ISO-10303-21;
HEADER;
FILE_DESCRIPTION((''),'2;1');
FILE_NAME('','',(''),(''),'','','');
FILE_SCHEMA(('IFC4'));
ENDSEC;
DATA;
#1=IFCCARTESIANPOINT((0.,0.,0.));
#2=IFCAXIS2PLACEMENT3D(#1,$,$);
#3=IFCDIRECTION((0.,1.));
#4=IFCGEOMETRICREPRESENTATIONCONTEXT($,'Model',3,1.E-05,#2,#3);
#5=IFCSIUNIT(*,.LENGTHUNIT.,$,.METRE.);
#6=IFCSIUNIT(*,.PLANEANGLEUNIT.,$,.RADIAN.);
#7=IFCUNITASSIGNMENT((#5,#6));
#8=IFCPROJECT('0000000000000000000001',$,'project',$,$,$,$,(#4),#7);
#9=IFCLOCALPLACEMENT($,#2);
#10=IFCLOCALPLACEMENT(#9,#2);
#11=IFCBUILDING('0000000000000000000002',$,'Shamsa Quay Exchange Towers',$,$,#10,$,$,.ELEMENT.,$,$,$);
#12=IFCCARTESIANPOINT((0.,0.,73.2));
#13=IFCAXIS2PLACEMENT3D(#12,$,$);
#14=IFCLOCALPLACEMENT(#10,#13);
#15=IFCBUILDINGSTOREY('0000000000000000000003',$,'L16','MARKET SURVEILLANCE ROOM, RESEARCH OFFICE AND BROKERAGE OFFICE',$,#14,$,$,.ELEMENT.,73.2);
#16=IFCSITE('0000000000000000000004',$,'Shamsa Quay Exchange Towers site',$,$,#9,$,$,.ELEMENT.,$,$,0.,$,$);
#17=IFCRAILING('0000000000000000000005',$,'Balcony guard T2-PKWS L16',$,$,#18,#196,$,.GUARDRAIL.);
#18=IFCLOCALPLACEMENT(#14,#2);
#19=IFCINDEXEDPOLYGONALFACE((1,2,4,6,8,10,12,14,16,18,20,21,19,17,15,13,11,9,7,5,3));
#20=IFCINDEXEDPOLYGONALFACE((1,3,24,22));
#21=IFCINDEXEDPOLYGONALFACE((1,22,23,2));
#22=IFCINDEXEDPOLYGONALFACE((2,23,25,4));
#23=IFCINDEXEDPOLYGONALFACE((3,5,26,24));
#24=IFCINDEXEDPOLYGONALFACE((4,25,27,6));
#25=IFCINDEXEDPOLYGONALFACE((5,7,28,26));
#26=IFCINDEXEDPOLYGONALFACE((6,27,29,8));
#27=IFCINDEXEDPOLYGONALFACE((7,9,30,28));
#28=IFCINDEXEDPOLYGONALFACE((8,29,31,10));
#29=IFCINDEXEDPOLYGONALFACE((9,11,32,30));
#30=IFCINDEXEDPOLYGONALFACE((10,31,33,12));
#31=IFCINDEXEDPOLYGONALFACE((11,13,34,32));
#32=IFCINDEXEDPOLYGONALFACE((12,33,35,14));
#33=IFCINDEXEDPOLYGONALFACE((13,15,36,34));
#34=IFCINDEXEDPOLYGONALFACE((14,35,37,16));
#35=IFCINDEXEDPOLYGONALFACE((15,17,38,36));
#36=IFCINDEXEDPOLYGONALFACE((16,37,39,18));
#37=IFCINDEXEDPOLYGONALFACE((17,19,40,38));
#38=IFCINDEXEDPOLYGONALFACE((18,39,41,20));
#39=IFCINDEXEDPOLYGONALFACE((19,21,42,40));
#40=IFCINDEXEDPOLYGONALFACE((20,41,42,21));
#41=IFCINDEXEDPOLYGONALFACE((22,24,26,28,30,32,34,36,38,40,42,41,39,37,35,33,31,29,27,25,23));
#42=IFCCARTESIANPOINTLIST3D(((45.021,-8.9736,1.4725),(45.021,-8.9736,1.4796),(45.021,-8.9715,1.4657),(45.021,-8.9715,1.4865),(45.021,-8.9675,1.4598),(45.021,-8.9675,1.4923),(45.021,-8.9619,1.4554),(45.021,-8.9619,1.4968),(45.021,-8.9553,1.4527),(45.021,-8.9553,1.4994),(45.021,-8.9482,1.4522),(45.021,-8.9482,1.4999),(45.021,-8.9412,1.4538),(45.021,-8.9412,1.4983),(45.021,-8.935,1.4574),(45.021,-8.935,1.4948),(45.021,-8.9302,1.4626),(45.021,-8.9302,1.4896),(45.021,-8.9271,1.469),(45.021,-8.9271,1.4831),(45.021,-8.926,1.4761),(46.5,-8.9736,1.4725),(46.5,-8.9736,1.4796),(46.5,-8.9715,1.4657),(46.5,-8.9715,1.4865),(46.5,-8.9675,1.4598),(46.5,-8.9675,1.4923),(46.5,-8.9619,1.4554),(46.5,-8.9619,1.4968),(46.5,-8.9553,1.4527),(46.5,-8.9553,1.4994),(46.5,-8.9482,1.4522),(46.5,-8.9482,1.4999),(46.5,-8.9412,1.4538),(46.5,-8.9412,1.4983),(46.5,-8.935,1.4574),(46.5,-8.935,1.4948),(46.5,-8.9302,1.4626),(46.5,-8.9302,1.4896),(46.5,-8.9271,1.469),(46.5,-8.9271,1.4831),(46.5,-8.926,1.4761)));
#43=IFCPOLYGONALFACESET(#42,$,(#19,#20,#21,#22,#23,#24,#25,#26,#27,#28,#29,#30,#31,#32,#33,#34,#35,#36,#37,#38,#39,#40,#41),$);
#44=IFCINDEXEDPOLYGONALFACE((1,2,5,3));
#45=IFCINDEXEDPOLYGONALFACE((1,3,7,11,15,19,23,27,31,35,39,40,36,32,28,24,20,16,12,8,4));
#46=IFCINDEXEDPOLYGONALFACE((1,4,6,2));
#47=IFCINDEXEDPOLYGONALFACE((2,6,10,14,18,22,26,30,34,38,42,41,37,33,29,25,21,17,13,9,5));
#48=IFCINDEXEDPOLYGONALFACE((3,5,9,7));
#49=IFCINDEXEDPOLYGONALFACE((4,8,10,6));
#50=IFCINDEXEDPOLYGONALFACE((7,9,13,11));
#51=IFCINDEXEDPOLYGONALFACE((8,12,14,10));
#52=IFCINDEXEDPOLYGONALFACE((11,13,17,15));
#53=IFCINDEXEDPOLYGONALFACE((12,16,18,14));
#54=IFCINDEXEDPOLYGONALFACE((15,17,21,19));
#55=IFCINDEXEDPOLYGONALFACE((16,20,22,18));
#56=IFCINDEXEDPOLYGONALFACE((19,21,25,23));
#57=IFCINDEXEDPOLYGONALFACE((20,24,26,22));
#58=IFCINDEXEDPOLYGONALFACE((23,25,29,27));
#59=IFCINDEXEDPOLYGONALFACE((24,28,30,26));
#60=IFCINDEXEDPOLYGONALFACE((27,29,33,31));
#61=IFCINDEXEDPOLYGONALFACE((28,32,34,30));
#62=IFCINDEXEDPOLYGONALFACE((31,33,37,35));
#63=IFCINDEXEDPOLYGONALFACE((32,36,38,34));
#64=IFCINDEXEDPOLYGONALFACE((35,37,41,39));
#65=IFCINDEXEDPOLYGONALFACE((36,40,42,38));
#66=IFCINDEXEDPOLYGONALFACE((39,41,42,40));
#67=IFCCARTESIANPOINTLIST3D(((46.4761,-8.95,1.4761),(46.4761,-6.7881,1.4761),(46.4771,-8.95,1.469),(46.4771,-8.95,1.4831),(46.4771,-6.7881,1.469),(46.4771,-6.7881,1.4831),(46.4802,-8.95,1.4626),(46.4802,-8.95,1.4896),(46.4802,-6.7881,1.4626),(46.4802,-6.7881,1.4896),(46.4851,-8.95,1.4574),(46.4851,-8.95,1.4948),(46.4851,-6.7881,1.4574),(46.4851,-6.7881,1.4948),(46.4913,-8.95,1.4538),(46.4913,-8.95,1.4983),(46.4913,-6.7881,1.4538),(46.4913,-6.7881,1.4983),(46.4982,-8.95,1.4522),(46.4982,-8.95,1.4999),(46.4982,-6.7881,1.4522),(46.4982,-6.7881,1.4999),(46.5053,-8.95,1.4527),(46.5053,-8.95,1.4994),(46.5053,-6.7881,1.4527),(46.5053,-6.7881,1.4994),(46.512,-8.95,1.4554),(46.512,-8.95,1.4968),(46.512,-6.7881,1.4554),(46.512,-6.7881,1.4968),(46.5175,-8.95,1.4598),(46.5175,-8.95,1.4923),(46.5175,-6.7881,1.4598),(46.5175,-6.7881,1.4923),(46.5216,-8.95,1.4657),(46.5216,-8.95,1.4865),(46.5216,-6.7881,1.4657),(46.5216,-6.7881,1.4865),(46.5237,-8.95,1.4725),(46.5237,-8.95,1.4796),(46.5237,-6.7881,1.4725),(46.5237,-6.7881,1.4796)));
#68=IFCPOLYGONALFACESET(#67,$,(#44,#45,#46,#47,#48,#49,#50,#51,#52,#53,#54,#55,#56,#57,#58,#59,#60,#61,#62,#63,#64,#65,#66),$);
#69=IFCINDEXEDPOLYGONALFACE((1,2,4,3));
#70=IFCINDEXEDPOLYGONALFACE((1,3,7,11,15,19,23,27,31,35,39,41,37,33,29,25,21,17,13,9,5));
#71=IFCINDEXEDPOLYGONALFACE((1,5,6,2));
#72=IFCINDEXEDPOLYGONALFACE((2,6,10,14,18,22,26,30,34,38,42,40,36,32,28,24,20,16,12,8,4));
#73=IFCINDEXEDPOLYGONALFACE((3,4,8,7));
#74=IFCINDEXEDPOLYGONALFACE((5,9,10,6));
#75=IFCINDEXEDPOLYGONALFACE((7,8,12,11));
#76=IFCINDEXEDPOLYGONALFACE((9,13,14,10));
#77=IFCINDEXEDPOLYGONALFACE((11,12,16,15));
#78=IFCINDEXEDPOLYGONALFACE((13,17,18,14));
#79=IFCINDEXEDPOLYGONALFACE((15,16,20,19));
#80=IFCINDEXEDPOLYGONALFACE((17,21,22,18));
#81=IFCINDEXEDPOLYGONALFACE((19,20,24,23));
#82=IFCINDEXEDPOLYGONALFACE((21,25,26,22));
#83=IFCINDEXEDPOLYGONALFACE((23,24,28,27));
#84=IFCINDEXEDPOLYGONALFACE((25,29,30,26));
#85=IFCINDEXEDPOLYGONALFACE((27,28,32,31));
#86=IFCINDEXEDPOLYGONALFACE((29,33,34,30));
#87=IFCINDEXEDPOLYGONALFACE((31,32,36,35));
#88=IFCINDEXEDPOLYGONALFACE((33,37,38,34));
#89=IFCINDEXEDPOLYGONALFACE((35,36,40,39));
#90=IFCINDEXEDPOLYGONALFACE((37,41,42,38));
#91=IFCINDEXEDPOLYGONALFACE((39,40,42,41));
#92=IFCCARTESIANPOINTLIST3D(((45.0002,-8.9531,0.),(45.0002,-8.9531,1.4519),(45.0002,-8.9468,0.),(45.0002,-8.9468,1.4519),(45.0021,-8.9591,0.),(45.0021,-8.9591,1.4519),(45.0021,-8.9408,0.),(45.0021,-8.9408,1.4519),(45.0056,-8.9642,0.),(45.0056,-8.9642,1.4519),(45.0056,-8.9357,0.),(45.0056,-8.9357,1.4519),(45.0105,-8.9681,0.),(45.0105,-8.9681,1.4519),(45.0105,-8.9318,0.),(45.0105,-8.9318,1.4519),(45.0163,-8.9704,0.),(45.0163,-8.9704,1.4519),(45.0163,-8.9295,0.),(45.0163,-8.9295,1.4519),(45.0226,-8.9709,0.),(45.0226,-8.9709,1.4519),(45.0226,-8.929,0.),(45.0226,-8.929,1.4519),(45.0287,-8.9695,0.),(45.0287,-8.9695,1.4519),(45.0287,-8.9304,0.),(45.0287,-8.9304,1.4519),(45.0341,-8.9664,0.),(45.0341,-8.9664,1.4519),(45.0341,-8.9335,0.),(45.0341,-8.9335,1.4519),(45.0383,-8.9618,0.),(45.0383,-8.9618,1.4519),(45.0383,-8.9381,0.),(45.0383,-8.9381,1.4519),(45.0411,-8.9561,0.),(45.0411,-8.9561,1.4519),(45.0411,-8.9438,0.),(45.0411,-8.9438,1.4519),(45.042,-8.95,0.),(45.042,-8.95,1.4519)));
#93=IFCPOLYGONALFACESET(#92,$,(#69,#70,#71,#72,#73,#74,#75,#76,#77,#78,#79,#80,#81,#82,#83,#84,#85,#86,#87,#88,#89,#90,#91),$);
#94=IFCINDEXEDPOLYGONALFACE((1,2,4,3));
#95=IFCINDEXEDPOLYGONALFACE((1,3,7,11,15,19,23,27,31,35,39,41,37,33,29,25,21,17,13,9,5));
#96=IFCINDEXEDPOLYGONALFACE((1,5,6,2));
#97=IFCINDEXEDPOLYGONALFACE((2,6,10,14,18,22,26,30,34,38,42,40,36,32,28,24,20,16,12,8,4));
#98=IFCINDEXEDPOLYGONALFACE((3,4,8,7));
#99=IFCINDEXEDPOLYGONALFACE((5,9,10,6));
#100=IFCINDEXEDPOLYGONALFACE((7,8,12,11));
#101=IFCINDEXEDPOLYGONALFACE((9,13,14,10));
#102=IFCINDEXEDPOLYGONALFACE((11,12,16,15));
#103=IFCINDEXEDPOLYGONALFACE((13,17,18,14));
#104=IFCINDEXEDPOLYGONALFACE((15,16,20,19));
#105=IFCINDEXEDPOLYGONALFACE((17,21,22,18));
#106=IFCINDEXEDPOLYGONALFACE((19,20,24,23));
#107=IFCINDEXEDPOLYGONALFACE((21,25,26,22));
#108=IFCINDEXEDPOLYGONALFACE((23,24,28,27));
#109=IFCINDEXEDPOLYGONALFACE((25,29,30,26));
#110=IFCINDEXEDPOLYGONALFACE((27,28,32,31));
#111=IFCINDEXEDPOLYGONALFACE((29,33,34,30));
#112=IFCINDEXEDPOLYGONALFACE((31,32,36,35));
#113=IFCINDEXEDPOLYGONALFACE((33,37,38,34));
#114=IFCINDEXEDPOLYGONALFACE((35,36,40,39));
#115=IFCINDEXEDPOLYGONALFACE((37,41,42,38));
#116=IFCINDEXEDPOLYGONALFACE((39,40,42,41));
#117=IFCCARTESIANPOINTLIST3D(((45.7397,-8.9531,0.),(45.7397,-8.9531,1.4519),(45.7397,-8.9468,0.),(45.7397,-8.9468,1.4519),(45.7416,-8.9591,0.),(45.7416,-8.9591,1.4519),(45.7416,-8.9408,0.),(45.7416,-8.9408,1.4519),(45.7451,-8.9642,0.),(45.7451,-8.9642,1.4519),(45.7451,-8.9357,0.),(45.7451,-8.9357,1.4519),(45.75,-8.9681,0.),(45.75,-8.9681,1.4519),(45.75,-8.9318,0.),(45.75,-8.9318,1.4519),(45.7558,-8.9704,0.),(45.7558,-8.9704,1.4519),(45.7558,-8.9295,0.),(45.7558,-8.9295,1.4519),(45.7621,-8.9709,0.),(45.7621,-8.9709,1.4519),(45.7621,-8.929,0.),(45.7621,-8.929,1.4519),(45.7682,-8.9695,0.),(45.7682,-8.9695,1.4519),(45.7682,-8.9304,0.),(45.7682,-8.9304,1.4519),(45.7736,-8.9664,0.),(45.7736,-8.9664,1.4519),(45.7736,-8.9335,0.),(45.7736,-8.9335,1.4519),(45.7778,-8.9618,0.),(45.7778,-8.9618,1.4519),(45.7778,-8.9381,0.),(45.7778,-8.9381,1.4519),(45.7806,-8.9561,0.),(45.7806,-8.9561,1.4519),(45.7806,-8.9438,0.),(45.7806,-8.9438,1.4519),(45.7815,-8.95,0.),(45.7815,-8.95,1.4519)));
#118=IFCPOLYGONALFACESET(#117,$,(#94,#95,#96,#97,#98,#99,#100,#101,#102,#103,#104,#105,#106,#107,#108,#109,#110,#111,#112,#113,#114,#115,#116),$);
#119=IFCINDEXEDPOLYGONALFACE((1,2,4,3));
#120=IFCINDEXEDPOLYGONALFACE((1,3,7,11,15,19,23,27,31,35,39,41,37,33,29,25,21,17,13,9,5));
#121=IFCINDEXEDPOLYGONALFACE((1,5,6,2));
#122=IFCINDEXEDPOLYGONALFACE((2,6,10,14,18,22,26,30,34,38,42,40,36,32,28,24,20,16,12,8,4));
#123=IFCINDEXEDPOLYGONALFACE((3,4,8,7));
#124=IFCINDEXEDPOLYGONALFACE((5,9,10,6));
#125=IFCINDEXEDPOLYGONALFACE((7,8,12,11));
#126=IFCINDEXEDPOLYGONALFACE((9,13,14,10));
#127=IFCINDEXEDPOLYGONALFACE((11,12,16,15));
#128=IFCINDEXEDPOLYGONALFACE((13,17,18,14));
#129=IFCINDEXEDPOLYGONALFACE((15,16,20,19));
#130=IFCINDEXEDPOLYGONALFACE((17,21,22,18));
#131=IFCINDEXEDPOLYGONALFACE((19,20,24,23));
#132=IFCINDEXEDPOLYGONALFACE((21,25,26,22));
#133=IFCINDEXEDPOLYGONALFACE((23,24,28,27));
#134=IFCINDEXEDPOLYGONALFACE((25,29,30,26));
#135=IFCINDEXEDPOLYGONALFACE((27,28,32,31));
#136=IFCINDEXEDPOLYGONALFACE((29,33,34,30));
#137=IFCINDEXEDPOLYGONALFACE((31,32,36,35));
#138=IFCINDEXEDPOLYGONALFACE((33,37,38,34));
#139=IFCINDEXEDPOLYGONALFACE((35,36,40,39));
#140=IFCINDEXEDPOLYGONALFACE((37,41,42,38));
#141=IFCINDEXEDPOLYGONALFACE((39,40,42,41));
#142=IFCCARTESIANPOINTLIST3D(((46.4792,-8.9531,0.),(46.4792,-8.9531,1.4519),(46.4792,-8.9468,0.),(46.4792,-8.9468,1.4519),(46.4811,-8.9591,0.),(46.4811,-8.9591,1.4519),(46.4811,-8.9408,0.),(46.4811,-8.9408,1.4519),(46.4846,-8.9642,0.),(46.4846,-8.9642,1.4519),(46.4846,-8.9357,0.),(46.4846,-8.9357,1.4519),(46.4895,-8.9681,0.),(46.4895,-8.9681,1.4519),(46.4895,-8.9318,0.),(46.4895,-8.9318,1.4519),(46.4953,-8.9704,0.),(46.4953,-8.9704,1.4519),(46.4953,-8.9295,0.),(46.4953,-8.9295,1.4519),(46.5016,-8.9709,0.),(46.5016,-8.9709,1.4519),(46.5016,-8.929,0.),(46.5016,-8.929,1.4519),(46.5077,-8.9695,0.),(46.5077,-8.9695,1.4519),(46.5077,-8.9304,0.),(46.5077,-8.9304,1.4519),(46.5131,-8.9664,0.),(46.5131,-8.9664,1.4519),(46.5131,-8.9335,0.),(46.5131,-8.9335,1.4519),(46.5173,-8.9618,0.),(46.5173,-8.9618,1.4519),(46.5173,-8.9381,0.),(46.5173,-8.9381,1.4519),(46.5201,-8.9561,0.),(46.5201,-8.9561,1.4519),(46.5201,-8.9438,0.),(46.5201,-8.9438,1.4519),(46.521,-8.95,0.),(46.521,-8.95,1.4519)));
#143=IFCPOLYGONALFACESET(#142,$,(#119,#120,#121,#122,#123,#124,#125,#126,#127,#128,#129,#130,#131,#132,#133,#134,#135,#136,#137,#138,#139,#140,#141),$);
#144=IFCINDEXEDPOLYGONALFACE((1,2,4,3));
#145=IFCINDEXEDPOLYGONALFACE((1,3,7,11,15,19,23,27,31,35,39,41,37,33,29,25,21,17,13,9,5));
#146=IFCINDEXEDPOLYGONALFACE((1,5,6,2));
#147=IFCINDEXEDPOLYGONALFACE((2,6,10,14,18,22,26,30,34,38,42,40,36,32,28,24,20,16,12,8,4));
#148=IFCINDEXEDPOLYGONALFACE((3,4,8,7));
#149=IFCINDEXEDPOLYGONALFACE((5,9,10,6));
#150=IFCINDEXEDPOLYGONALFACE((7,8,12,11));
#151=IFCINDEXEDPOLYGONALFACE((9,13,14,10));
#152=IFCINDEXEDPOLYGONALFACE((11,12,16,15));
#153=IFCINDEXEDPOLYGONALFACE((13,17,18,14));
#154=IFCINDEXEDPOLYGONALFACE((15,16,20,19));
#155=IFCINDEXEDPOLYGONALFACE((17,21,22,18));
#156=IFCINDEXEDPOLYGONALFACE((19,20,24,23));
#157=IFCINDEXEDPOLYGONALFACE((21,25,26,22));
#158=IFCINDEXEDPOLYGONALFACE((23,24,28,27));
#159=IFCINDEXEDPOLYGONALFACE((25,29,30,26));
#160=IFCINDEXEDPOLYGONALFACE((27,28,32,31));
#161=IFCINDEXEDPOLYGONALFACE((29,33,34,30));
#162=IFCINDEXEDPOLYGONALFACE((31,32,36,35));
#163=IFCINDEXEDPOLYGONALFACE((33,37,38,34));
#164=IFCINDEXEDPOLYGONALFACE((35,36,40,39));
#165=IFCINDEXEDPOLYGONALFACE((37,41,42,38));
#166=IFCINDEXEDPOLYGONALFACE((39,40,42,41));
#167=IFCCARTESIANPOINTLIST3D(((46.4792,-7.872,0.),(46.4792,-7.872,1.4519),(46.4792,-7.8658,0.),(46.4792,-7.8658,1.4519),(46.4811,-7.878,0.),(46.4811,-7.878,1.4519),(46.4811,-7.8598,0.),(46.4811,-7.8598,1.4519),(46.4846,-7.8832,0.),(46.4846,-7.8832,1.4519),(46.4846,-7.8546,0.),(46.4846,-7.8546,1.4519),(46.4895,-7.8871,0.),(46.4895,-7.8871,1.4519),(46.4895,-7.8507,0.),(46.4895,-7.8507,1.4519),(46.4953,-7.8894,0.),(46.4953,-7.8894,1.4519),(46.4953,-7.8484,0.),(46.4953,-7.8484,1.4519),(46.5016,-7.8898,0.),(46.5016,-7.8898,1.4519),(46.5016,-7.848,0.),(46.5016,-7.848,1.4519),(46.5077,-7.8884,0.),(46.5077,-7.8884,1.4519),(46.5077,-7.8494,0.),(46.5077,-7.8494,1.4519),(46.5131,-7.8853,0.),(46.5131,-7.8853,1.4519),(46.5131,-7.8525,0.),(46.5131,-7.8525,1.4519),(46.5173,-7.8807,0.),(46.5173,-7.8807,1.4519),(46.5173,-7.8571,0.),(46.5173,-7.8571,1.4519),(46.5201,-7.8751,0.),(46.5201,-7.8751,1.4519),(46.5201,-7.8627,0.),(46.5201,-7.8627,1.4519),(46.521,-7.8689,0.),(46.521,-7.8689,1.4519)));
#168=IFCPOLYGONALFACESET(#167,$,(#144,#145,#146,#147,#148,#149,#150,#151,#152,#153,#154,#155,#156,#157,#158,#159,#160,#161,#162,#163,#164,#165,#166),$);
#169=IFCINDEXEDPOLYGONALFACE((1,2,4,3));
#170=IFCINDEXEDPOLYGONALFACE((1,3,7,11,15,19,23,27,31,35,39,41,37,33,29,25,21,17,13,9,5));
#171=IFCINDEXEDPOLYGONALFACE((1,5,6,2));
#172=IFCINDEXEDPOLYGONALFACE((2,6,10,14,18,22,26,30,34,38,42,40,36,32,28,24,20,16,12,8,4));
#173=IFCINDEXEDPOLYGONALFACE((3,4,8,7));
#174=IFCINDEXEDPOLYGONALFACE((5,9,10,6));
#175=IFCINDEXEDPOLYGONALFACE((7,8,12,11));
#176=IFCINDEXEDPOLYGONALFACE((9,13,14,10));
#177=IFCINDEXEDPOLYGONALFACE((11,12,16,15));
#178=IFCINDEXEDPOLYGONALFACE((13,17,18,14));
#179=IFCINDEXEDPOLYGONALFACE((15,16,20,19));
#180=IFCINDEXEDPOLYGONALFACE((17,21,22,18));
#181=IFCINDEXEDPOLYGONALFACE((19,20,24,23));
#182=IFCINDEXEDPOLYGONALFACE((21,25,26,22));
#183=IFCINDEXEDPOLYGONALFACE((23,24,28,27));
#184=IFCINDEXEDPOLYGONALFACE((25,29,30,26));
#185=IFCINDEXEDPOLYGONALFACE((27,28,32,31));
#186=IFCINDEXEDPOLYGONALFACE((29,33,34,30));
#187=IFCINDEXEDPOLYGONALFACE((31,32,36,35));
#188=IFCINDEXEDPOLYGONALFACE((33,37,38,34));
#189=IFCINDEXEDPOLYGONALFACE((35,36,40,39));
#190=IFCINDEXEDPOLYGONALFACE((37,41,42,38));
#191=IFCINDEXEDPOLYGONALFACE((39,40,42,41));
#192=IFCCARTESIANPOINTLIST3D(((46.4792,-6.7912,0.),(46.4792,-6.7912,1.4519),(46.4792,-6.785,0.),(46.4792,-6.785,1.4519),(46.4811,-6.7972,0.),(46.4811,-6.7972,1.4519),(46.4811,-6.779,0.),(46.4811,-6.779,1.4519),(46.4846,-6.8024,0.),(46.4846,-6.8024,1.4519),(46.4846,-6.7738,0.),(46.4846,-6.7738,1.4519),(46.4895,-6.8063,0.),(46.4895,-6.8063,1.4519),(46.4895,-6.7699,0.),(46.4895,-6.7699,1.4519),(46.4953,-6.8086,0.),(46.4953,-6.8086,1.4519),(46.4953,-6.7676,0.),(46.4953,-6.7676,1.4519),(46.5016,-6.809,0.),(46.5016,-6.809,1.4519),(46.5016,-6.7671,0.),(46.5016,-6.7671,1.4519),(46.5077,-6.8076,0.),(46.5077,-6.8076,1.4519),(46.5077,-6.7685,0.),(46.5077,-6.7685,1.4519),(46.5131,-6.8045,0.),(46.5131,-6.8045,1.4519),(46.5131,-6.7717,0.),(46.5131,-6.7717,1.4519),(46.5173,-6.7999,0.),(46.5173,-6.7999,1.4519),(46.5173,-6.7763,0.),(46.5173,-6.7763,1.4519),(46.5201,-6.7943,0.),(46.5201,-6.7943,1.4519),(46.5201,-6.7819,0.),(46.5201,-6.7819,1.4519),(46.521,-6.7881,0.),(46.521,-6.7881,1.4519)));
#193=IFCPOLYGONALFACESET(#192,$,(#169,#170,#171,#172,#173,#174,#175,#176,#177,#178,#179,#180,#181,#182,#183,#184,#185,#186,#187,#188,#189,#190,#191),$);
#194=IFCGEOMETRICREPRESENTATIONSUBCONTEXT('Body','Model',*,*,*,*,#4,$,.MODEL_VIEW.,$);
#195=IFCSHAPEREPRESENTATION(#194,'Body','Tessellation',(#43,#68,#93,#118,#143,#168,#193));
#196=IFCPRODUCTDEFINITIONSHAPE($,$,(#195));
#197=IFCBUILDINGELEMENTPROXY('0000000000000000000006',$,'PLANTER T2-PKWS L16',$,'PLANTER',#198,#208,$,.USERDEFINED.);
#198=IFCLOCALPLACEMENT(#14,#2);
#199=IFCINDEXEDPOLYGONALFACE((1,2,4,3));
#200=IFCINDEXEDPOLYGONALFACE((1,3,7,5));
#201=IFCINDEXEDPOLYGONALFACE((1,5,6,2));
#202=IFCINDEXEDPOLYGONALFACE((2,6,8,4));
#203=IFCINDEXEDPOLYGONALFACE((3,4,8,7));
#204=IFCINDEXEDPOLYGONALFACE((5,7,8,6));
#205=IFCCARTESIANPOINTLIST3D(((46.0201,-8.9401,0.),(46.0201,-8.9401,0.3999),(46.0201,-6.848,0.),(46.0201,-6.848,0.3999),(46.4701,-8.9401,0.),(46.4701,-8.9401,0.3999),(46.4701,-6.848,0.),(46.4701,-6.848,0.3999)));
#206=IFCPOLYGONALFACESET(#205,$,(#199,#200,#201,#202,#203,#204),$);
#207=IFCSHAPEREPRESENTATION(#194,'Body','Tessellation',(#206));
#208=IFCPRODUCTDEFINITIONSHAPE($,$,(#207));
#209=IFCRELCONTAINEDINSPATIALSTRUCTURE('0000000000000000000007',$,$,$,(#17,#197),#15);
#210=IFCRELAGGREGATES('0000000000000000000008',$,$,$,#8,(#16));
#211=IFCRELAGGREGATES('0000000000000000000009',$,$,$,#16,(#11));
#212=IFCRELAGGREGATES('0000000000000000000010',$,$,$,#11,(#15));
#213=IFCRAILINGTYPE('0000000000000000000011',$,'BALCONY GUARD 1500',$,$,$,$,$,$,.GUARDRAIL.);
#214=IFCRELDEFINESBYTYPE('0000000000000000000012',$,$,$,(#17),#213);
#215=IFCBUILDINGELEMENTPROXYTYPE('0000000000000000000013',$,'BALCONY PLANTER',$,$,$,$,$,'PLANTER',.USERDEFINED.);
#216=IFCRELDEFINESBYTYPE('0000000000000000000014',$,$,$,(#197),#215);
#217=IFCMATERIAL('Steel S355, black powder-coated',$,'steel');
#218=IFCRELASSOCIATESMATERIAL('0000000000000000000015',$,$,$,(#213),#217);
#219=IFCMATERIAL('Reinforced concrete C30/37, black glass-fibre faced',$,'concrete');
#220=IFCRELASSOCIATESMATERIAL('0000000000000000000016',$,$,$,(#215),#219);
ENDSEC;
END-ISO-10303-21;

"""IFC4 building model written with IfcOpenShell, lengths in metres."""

from ifc_helpers import new_model, si_unit, direction, frame, origin, origin_2d, place, context, subcontext, project, spatial, rectangle, circle, extrude, material, type_object, element, save


model = new_model("IFC4")

# Units and contexts
model_context = context("Model", 3, precision=1e-05, world=origin(), true_north=direction((0.0, 1.0)))
body_context = subcontext(model_context, "Body", "Model", "MODEL_VIEW")
ifc_project = project(units=[si_unit("LENGTHUNIT", "METRE"), si_unit("PLANEANGLEUNIT", "RADIAN")], contexts=[model_context])

# Site, building, storey
site_placement = place(None, origin())
site = spatial("IfcSite", under=ifc_project, at=site_placement, Name="Shamsa Quay Exchange Towers site", CompositionType="ELEMENT", RefElevation=0.0)
building_placement = place(site_placement, origin())
building = spatial("IfcBuilding", under=site, at=building_placement, Name="Shamsa Quay Exchange Towers", CompositionType="ELEMENT")
storey_placement = place(building_placement, frame((0.0, 0.0, 73.2)))
storey = spatial("IfcBuildingStorey", under=building, at=storey_placement, Name="L16", Description="MARKET SURVEILLANCE ROOM, RESEARCH OFFICE AND BROKERAGE OFFICE", CompositionType="ELEMENT", Elevation=73.2)

# Railing
ifc_material_1 = material(Name="Steel S355, black powder-coated", Category="steel")
railing_type_1 = type_object("IfcRailingType", Name="BALCONY GUARD 1500", PredefinedType="GUARDRAIL", material=ifc_material_1)
railing_1_placement = place(storey_placement, frame((45.021, -8.95, 0.0)))
element("IfcRailing", 1, at=railing_1_placement, inside=storey, type_object=railing_type_1, Name="Balcony guard T2-PKWS L16", PredefinedType="GUARDRAIL", context=body_context, shape_type="SweptSolid", body=[
    extrude(circle(Radius=0.0239, at=origin_2d()), frame((0.0, 0.0, 1.4761), z_axis=(1.0, 0.0, 0.0), x_axis=(0.0, 1.0, 0.0)), (0.0, 0.0, 1.0), 1.479),
    extrude(circle(Radius=0.0239, at=origin_2d()), frame((1.479, 0.0, 1.4761), z_axis=(0.0, 1.0, 0.0), x_axis=(-1.0, 0.0, 0.0)), (0.0, 0.0, 1.0), 2.1619),
    extrude(circle(Radius=0.021, at=origin_2d()), origin(), (0.0, 0.0, 1.0), 1.4519),
    extrude(circle(Radius=0.021, at=origin_2d()), frame((0.7395, 0.0, 0.0)), (0.0, 0.0, 1.0), 1.4519),
    extrude(circle(Radius=0.021, at=origin_2d()), frame((1.479, 0.0, 0.0)), (0.0, 0.0, 1.0), 1.4519),
    extrude(circle(Radius=0.021, at=origin_2d()), frame((1.479, 1.0811, 0.0)), (0.0, 0.0, 1.0), 1.4519),
    extrude(circle(Radius=0.021, at=origin_2d()), frame((1.479, 2.1619, 0.0)), (0.0, 0.0, 1.0), 1.4519),
])

# Building element proxy
ifc_material_2 = material(Name="Reinforced concrete C30/37, black glass-fibre faced", Category="concrete")
building_element_proxy_type = type_object("IfcBuildingElementProxyType", Name="BALCONY PLANTER", ElementType="PLANTER", PredefinedType="USERDEFINED", material=ifc_material_2)
proxy_placement = place(storey_placement, frame((46.2451, -7.894, 0.0), z_axis=(0.0, 0.0, 1.0), x_axis=(0.0, 1.0, 0.0)))
element("IfcBuildingElementProxy", 2, at=proxy_placement, inside=storey, type_object=building_element_proxy_type, Name="PLANTER T2-PKWS L16", ObjectType="PLANTER", PredefinedType="USERDEFINED", context=body_context, shape_type="SweptSolid", body=[
    extrude(rectangle(XDim=2.092, YDim=0.45, at=origin_2d()), origin(), (0.0, 0.0, 1.0), 0.3999),
])

save(model, "model.ifc")
